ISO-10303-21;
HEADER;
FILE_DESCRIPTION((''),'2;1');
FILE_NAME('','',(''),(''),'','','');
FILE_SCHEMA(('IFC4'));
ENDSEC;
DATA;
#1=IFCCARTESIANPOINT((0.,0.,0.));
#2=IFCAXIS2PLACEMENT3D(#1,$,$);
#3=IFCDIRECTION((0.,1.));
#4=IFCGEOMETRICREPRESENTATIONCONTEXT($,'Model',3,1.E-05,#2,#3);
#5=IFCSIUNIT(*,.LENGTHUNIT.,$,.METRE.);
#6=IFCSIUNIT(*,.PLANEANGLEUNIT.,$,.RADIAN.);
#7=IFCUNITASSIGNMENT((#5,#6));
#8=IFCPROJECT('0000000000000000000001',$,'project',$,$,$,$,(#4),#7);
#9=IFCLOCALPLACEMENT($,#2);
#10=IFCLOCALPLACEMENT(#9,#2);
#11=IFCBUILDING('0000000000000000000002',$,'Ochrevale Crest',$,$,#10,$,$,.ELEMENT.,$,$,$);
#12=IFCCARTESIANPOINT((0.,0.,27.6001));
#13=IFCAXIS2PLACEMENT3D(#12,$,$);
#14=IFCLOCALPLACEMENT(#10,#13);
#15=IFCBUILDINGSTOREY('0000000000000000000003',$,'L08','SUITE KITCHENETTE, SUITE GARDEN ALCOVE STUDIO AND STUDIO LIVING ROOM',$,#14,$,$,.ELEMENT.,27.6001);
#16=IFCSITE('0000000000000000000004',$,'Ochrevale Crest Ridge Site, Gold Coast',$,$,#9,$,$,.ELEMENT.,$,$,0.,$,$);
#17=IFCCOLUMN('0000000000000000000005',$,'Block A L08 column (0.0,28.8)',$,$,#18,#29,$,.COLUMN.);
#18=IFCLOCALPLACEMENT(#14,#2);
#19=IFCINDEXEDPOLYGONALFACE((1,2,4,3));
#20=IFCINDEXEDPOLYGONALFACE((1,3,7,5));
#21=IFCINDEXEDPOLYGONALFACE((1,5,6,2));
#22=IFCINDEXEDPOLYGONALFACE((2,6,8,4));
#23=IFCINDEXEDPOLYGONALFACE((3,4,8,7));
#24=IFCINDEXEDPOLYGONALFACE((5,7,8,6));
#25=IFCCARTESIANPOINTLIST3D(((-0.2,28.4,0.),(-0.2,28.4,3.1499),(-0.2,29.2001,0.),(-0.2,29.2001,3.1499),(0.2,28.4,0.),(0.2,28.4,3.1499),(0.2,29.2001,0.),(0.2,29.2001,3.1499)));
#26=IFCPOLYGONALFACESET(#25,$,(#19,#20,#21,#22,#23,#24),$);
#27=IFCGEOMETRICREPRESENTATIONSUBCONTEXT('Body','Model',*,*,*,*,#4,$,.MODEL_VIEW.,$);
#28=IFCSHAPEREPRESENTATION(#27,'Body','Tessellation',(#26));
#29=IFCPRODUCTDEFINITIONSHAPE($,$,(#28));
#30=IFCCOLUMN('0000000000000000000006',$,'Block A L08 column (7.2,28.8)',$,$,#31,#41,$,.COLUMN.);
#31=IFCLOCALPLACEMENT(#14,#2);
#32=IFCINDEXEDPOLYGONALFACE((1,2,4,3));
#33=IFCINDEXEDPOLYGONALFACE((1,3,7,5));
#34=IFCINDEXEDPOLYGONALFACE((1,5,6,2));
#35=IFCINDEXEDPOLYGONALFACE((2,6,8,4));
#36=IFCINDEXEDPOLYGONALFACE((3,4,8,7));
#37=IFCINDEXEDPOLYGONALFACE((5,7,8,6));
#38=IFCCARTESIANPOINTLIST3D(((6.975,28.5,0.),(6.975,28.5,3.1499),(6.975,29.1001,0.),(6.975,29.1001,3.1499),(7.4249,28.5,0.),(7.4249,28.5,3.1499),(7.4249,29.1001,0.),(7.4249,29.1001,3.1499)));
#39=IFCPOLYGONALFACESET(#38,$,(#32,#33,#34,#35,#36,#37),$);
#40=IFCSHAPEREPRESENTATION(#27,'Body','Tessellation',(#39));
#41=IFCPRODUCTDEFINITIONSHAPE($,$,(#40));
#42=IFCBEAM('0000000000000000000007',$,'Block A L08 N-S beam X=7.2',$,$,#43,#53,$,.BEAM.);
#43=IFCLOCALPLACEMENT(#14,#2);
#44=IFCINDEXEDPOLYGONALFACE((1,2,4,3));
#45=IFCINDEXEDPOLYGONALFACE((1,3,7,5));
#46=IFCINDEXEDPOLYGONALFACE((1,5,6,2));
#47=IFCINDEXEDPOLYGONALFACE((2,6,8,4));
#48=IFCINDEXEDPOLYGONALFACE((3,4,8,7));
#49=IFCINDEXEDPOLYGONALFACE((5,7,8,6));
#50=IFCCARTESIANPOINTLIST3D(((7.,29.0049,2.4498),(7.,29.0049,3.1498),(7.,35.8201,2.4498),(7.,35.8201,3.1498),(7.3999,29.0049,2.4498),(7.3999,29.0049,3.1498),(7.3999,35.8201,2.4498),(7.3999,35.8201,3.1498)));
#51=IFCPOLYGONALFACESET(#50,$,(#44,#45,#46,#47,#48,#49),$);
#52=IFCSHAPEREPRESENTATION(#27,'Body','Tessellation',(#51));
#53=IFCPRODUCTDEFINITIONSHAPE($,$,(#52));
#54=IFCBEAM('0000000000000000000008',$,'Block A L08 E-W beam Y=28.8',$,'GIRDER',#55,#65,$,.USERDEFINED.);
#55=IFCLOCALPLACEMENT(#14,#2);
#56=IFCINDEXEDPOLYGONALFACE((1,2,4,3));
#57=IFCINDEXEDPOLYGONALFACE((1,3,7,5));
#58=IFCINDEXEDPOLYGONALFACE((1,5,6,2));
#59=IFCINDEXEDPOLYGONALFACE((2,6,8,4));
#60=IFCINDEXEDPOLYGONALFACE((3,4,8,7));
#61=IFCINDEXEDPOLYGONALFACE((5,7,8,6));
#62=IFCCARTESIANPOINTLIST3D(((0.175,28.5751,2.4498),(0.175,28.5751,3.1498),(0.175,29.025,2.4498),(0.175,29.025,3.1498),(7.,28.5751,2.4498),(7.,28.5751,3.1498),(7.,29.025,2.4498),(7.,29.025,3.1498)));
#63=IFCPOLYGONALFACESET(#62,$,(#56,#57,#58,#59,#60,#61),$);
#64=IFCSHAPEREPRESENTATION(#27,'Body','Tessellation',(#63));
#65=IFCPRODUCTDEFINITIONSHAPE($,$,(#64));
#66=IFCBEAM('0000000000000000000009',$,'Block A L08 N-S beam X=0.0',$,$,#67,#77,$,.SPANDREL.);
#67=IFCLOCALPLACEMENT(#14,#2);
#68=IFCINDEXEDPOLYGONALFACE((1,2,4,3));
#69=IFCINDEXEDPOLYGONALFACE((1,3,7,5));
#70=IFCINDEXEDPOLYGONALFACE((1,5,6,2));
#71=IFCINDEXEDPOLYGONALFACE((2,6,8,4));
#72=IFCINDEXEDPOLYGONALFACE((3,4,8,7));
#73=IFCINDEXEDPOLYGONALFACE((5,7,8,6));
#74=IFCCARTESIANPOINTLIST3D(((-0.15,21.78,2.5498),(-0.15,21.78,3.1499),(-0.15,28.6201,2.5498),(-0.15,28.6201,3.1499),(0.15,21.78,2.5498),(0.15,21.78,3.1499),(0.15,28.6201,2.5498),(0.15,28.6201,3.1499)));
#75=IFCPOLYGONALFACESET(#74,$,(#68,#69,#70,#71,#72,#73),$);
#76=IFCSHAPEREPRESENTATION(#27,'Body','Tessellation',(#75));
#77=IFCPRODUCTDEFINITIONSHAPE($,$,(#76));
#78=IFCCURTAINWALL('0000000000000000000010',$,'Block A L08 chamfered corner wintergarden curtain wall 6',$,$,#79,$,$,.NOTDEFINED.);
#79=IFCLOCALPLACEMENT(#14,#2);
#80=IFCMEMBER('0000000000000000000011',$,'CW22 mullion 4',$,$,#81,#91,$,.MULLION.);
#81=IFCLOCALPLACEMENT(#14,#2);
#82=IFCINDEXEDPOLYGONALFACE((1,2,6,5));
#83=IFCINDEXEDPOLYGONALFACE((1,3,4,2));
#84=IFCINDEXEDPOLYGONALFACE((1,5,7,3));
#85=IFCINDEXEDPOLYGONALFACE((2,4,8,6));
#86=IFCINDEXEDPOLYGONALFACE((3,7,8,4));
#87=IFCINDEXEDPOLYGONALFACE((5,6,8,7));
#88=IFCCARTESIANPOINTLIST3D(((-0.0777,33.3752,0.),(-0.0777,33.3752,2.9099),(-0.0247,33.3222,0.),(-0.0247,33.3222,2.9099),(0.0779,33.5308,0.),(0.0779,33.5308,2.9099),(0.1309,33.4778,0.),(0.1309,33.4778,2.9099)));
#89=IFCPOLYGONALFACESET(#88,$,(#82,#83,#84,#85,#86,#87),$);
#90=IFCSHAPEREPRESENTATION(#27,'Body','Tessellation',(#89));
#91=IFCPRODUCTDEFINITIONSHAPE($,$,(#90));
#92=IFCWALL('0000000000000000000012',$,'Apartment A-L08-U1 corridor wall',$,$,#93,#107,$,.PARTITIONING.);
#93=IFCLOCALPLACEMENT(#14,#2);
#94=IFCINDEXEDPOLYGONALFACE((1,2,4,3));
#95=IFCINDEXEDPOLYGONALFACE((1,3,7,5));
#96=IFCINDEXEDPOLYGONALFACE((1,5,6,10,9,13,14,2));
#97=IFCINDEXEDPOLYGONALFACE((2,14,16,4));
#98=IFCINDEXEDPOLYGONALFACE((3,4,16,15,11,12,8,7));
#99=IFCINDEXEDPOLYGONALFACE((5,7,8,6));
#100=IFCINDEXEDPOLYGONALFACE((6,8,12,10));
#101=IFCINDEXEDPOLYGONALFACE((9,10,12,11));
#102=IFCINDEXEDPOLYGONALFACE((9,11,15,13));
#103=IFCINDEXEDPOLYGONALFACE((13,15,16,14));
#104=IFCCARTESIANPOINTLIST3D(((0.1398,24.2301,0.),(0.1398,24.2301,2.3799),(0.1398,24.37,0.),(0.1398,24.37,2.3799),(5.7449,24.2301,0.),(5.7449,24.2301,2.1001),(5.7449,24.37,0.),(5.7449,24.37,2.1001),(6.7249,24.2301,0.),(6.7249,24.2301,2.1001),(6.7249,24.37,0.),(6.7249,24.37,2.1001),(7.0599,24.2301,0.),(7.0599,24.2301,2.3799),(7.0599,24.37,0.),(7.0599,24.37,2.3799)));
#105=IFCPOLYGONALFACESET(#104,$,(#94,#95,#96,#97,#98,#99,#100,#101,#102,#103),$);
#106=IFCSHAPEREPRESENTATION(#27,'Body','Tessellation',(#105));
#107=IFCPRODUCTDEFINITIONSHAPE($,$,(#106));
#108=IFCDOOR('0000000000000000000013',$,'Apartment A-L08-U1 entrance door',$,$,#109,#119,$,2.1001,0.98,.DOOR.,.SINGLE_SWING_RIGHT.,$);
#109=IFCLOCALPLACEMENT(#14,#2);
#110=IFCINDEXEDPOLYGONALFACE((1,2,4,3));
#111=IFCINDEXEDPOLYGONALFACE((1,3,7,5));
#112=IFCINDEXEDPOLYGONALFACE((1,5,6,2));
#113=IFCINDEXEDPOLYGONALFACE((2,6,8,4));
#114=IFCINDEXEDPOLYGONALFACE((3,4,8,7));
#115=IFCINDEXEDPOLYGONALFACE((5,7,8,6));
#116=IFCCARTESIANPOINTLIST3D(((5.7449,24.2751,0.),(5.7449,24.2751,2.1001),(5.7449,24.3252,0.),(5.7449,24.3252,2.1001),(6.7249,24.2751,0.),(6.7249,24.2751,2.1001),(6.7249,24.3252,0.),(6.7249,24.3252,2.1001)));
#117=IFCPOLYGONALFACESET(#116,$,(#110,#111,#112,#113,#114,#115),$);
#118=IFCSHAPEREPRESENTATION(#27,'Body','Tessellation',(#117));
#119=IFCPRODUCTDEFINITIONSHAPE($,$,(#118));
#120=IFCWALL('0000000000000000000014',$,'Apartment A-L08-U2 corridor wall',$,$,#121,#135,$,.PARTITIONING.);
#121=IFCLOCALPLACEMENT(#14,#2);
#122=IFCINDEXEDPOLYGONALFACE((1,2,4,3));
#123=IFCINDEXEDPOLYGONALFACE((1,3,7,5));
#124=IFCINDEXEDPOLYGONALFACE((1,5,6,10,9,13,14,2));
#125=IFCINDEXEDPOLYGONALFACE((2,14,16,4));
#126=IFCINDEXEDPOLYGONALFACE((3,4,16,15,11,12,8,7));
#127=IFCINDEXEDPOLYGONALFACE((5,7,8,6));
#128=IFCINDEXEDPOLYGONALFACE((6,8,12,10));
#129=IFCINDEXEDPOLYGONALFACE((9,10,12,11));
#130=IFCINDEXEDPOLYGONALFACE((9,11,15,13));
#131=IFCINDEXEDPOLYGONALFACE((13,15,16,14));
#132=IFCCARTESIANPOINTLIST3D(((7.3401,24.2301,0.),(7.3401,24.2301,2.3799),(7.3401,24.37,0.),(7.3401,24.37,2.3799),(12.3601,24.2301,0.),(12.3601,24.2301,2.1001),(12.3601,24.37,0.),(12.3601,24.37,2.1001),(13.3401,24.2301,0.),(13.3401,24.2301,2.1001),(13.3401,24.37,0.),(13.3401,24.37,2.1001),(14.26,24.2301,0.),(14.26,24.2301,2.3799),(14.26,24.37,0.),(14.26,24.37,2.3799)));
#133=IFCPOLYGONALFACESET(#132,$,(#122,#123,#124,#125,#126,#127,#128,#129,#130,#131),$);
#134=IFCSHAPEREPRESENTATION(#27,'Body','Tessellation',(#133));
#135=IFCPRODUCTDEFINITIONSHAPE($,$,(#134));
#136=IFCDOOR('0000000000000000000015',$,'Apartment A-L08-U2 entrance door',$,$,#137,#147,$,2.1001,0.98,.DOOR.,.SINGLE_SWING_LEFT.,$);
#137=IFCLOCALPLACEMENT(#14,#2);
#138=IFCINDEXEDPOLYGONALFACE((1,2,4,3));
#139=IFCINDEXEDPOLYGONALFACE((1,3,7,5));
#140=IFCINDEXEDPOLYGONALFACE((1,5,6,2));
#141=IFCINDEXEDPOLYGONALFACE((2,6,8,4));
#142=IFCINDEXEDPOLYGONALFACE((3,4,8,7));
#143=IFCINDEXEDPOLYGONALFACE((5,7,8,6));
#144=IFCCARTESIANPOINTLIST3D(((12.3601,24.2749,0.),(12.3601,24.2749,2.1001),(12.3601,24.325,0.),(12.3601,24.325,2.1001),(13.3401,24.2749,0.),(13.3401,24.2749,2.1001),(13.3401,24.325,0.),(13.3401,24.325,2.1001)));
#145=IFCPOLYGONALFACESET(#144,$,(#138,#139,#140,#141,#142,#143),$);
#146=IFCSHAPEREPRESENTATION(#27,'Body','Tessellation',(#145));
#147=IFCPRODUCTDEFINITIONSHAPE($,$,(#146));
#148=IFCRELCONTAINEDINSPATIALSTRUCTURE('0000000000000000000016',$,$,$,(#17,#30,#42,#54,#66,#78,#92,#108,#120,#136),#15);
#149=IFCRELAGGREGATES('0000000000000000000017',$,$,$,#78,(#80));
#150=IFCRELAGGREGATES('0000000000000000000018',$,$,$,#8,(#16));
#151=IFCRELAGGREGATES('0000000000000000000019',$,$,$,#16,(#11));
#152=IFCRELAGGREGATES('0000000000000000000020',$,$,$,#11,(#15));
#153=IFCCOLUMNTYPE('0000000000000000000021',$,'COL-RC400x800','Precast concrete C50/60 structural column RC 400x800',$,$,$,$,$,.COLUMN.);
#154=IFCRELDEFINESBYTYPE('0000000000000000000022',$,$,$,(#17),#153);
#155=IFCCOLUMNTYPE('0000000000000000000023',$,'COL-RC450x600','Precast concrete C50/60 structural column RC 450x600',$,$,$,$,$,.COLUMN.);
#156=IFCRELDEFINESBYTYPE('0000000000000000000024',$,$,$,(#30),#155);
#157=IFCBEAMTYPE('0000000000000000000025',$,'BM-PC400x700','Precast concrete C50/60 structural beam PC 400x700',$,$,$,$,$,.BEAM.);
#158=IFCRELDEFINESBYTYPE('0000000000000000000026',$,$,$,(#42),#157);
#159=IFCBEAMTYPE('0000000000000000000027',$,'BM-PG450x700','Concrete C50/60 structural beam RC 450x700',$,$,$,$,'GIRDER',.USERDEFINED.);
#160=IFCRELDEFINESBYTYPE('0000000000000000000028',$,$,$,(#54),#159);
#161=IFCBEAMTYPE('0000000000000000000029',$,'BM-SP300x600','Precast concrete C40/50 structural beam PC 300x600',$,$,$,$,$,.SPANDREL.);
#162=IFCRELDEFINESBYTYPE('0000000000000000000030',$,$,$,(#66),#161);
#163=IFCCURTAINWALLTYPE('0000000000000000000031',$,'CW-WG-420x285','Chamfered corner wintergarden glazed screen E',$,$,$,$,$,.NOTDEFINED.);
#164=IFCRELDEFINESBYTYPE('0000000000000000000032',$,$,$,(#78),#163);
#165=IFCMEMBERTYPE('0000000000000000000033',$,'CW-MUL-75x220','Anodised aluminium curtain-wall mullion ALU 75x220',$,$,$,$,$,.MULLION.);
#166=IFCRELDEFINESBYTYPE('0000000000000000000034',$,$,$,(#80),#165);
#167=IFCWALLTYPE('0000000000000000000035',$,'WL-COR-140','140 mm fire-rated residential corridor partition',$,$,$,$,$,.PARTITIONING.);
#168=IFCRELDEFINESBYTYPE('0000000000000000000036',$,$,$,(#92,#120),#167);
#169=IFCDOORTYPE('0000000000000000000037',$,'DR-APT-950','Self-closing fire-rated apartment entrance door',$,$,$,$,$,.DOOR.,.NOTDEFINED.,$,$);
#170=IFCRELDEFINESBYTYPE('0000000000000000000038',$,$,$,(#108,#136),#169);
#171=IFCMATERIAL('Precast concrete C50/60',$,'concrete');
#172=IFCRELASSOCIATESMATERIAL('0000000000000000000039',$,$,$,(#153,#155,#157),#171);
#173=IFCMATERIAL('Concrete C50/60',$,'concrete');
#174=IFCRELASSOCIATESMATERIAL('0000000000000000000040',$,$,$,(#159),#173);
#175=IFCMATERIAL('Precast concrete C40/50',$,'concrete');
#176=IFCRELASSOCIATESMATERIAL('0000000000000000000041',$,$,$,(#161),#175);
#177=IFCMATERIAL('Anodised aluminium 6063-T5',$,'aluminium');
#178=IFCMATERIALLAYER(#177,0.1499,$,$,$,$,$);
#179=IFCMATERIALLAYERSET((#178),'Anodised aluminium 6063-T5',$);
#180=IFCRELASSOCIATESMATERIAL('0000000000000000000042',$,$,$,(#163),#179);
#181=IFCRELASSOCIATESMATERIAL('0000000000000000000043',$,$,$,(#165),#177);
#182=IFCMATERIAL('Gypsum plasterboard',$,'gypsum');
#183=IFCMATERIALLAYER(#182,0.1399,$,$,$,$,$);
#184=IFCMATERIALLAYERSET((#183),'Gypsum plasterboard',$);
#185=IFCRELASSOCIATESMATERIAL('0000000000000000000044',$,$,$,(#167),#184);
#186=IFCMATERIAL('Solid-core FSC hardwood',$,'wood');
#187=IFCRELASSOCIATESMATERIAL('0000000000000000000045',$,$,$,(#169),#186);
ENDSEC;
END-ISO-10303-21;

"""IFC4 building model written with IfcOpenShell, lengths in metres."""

from ifc_helpers import new_model, si_unit, direction, frame, frame_2d, origin, origin_2d, place, context, subcontext, project, spatial, rectangle, extrude, material, layer, layer_set, material_profile, profile_set, type_object, element, fill, aggregate, save


model = new_model("IFC4")

# Units and contexts
model_context = context("Model", 3, precision=1e-05, world=origin(), true_north=direction((0.0, 1.0)))
body_context = subcontext(model_context, "Body", "Model", "MODEL_VIEW")
ifc_project = project(units=[si_unit("LENGTHUNIT", "METRE"), si_unit("PLANEANGLEUNIT", "RADIAN")], contexts=[model_context])

# Site, building, storey
site_placement = place(None, origin())
site = spatial("IfcSite", under=ifc_project, at=site_placement, Name="Ochrevale Crest Ridge Site, Gold Coast", CompositionType="ELEMENT", RefElevation=0.0)
building_placement = place(site_placement, origin())
building = spatial("IfcBuilding", under=site, at=building_placement, Name="Ochrevale Crest", CompositionType="ELEMENT")
storey_placement = place(building_placement, frame((0.0, 0.0, 27.6001)))
storey = spatial("IfcBuildingStorey", under=building, at=storey_placement, Name="L08", Description="SUITE KITCHENETTE, SUITE GARDEN ALCOVE STUDIO AND STUDIO LIVING ROOM", CompositionType="ELEMENT", Elevation=27.6001)

# Columns
ifc_material_1 = material(Name="Precast concrete C50/60", Category="concrete")
ifc_material_profile_1 = material_profile(ifc_material_1, rectangle(XDim=0.3999, YDim=0.8, at=origin_2d()), Name="RC 400x800")
ifc_profile_set_1 = profile_set([ifc_material_profile_1], Name="Precast concrete C50/60")
column_type_1 = type_object("IfcColumnType", Name="COL-RC400x800", Description="Precast concrete C50/60 structural column RC 400x800", PredefinedType="COLUMN", material=ifc_profile_set_1)
column_1_placement = place(storey_placement, frame((0.0, 28.8, 0.0), z_axis=(0.0, 0.0, 1.0), x_axis=(1.0, 0.0, 0.0)))
element("IfcColumn", 1, at=column_1_placement, inside=storey, type_object=column_type_1, Name="Block A L08 column (0.0,28.8)", PredefinedType="COLUMN", context=body_context, shape_type="SweptSolid", body=[
    extrude(rectangle(XDim=0.3999, YDim=0.8, at=origin_2d()), origin(), (0.0, 0.0, 1.0), 3.1499),
])
ifc_material_profile_2 = material_profile(ifc_material_1, rectangle(XDim=0.45, YDim=0.6001, at=origin_2d()), Name="RC 450x600")
ifc_profile_set_2 = profile_set([ifc_material_profile_2], Name="Precast concrete C50/60")
column_type_2 = type_object("IfcColumnType", Name="COL-RC450x600", Description="Precast concrete C50/60 structural column RC 450x600", PredefinedType="COLUMN", material=ifc_profile_set_2)
column_2_placement = place(storey_placement, frame((7.2, 28.8, 0.0), z_axis=(0.0, 0.0, 1.0), x_axis=(1.0, 0.0, 0.0)))
element("IfcColumn", 2, at=column_2_placement, inside=storey, type_object=column_type_2, Name="Block A L08 column (7.2,28.8)", PredefinedType="COLUMN", context=body_context, shape_type="SweptSolid", body=[
    extrude(rectangle(XDim=0.45, YDim=0.6001, at=origin_2d()), origin(), (0.0, 0.0, 1.0), 3.1499),
])

# Beams
ifc_material_profile_3 = material_profile(ifc_material_1, rectangle(XDim=0.3999, YDim=0.7, at=origin_2d()), Name="PC 400x700")
ifc_profile_set_3 = profile_set([ifc_material_profile_3], Name="Precast concrete C50/60")
beam_type_1 = type_object("IfcBeamType", Name="BM-PC400x700", Description="Precast concrete C50/60 structural beam PC 400x700", PredefinedType="BEAM", material=ifc_profile_set_3)
beam_1_placement = place(storey_placement, frame((7.2, 29.0049, 2.7998), z_axis=(0.0, 1.0, 0.0), x_axis=(-1.0, 0.0, 0.0)))
element("IfcBeam", 3, at=beam_1_placement, inside=storey, type_object=beam_type_1, Name="Block A L08 N-S beam X=7.2", PredefinedType="BEAM", context=body_context, shape_type="SweptSolid", body=[
    extrude(rectangle(XDim=0.3999, YDim=0.7, at=origin_2d()), origin(), (0.0, 0.0, 1.0), 6.8152),
])
ifc_material_2 = material(Name="Concrete C50/60", Category="concrete")
ifc_material_profile_4 = material_profile(ifc_material_2, rectangle(XDim=0.45, YDim=0.7, at=origin_2d()), Name="RC 450x700")
ifc_profile_set_4 = profile_set([ifc_material_profile_4], Name="Concrete C50/60")
beam_type_2 = type_object("IfcBeamType", Name="BM-PG450x700", Description="Concrete C50/60 structural beam RC 450x700", ElementType="GIRDER", PredefinedType="USERDEFINED", material=ifc_profile_set_4)
beam_2_placement = place(storey_placement, frame((0.175, 28.8, 2.7998), z_axis=(1.0, 0.0, 0.0), x_axis=(0.0, 1.0, 0.0)))
element("IfcBeam", 4, at=beam_2_placement, inside=storey, type_object=beam_type_2, Name="Block A L08 E-W beam Y=28.8", ObjectType="GIRDER", PredefinedType="USERDEFINED", context=body_context, shape_type="SweptSolid", body=[
    extrude(rectangle(XDim=0.45, YDim=0.7, at=origin_2d()), origin(), (0.0, 0.0, 1.0), 6.825),
])
ifc_material_3 = material(Name="Precast concrete C40/50", Category="concrete")
ifc_material_profile_5 = material_profile(ifc_material_3, rectangle(XDim=0.3, YDim=0.6001, at=origin_2d()), Name="PC 300x600")
ifc_profile_set_5 = profile_set([ifc_material_profile_5], Name="Precast concrete C40/50")
beam_type_3 = type_object("IfcBeamType", Name="BM-SP300x600", Description="Precast concrete C40/50 structural beam PC 300x600", PredefinedType="SPANDREL", material=ifc_profile_set_5)
beam_3_placement = place(storey_placement, frame((0.0, 21.78, 2.8499), z_axis=(0.0, 1.0, 0.0), x_axis=(-1.0, 0.0, 0.0)))
element("IfcBeam", 5, at=beam_3_placement, inside=storey, type_object=beam_type_3, Name="Block A L08 N-S beam X=0.0", PredefinedType="SPANDREL", context=body_context, shape_type="SweptSolid", body=[
    extrude(rectangle(XDim=0.3, YDim=0.6001, at=origin_2d()), origin(), (0.0, 0.0, 1.0), 6.8401),
])

# Curtain wall, member
ifc_material_4 = material(Name="Anodised aluminium 6063-T5", Category="aluminium")
ifc_layer_1 = layer(ifc_material_4, 0.1499)
ifc_layer_set_1 = layer_set([ifc_layer_1], Name="Anodised aluminium 6063-T5")
curtain_wall_type = type_object("IfcCurtainWallType", Name="CW-WG-420x285", Description="Chamfered corner wintergarden glazed screen E", PredefinedType="NOTDEFINED", material=ifc_layer_set_1)
curtain_wall_placement = place(storey_placement, origin())
curtain_wall = element("IfcCurtainWall", 6, at=curtain_wall_placement, inside=storey, type_object=curtain_wall_type, Name="Block A L08 chamfered corner wintergarden curtain wall 6", PredefinedType="NOTDEFINED")
ifc_material_profile_6 = material_profile(ifc_material_4, rectangle(XDim=0.075, YDim=0.22, at=origin_2d()), Name="ALU 75x220")
ifc_profile_set_6 = profile_set([ifc_material_profile_6], Name="Anodised aluminium 6063-T5")
member_type = type_object("IfcMemberType", Name="CW-MUL-75x220", Description="Anodised aluminium curtain-wall mullion ALU 75x220", PredefinedType="MULLION", material=ifc_profile_set_6)
member_placement = place(storey_placement, frame((0.0266, 33.4265, 0.0), z_axis=(0.0, 0.0, 1.0), x_axis=(0.707107, -0.707107, 0.0)))
member = element("IfcMember", 7, at=member_placement, type_object=member_type, Name="CW22 mullion 4", PredefinedType="MULLION", context=body_context, shape_type="SweptSolid", body=[
    extrude(rectangle(XDim=0.075, YDim=0.22, at=origin_2d()), origin(), (0.0, 0.0, 1.0), 2.9099),
])
aggregate(curtain_wall, [member])

# Walls, openings, doors
ifc_material_5 = material(Name="Gypsum plasterboard", Category="gypsum")
ifc_layer_2 = layer(ifc_material_5, 0.1399)
ifc_layer_set_2 = layer_set([ifc_layer_2], Name="Gypsum plasterboard")
wall_type_1 = type_object("IfcWallType", Name="WL-COR-140", Description="140 mm fire-rated residential corridor partition", PredefinedType="PARTITIONING", material=ifc_layer_set_2)
wall_1_placement = place(storey_placement, frame((0.1399, 24.3, 0.0), z_axis=(0.0, 0.0, 1.0), x_axis=(1.0, 0.0, 0.0)))
wall_1 = element("IfcWall", 8, at=wall_1_placement, inside=storey, type_object=wall_type_1, Name="Apartment A-L08-U1 corridor wall", PredefinedType="PARTITIONING", context=body_context, shape_type="SweptSolid", body=[
    extrude(rectangle(XDim=6.9202, YDim=0.1399, at=frame_2d((3.46, 0.0))), origin(), (0.0, 0.0, 1.0), 2.3799),
])
opening_1_placement = place(wall_1_placement, frame((6.585, 0.0, 0.0), z_axis=(0.0, 0.0, 1.0), x_axis=(-1.0, 0.0, 0.0)))
opening_1 = element("IfcOpeningElement", 9, at=opening_1_placement, cuts=wall_1, PredefinedType="OPENING", context=body_context, shape_type="SweptSolid", body=[
    extrude(rectangle(XDim=0.98, YDim=2.1001, at=frame_2d((0.49, 1.05))), frame((0.0, 0.0801, 0.0), z_axis=(0.0, -1.0, 0.0), x_axis=(1.0, 0.0, 0.0)), (0.0, 0.0, 1.0), 0.1599),
])
ifc_material_6 = material(Name="Solid-core FSC hardwood", Category="wood")
door_type_1 = type_object("IfcDoorType", Name="DR-APT-950", Description="Self-closing fire-rated apartment entrance door", OperationType="NOTDEFINED", PredefinedType="DOOR", material=ifc_material_6)
door_1_placement = place(opening_1_placement, origin())
door_1 = element("IfcDoor", 10, at=door_1_placement, inside=storey, type_object=door_type_1, Name="Apartment A-L08-U1 entrance door", OperationType="SINGLE_SWING_RIGHT", OverallHeight=2.1001, OverallWidth=0.98, PredefinedType="DOOR", context=body_context, shape_type="SweptSolid", body=[
    extrude(rectangle(XDim=0.98, YDim=2.1001, at=frame_2d((0.49, 1.05))), frame((0.0, 0.0249, 0.0), z_axis=(0.0, -1.0, 0.0), x_axis=(1.0, 0.0, 0.0)), (0.0, 0.0, 1.0), 0.05),
])
fill(opening_1, door_1)
wall_2_placement = place(storey_placement, frame((7.3401, 24.3, 0.0), z_axis=(0.0, 0.0, 1.0), x_axis=(1.0, 0.0, 0.0)))
wall_2 = element("IfcWall", 11, at=wall_2_placement, inside=storey, type_object=wall_type_1, Name="Apartment A-L08-U2 corridor wall", PredefinedType="PARTITIONING", context=body_context, shape_type="SweptSolid", body=[
    extrude(rectangle(XDim=6.9199, YDim=0.1399, at=frame_2d((3.46, 0.0))), origin(), (0.0, 0.0, 1.0), 2.3799),
])
opening_2_placement = place(wall_2_placement, frame((5.02, 0.0, 0.0)))
opening_2 = element("IfcOpeningElement", 12, at=opening_2_placement, cuts=wall_2, PredefinedType="OPENING", context=body_context, shape_type="SweptSolid", body=[
    extrude(rectangle(XDim=0.98, YDim=2.1001, at=frame_2d((0.49, 1.05))), frame((0.0, 0.0801, 0.0), z_axis=(0.0, -1.0, 0.0), x_axis=(1.0, 0.0, 0.0)), (0.0, 0.0, 1.0), 0.1599),
])
door_2_placement = place(opening_2_placement, origin())
door_2 = element("IfcDoor", 13, at=door_2_placement, inside=storey, type_object=door_type_1, Name="Apartment A-L08-U2 entrance door", OperationType="SINGLE_SWING_LEFT", OverallHeight=2.1001, OverallWidth=0.98, PredefinedType="DOOR", context=body_context, shape_type="SweptSolid", body=[
    extrude(rectangle(XDim=0.98, YDim=2.1001, at=frame_2d((0.49, 1.05))), frame((0.0, 0.0249, 0.0), z_axis=(0.0, -1.0, 0.0), x_axis=(1.0, 0.0, 0.0)), (0.0, 0.0, 1.0), 0.05),
])
fill(opening_2, door_2)

save(model, "model.ifc")
